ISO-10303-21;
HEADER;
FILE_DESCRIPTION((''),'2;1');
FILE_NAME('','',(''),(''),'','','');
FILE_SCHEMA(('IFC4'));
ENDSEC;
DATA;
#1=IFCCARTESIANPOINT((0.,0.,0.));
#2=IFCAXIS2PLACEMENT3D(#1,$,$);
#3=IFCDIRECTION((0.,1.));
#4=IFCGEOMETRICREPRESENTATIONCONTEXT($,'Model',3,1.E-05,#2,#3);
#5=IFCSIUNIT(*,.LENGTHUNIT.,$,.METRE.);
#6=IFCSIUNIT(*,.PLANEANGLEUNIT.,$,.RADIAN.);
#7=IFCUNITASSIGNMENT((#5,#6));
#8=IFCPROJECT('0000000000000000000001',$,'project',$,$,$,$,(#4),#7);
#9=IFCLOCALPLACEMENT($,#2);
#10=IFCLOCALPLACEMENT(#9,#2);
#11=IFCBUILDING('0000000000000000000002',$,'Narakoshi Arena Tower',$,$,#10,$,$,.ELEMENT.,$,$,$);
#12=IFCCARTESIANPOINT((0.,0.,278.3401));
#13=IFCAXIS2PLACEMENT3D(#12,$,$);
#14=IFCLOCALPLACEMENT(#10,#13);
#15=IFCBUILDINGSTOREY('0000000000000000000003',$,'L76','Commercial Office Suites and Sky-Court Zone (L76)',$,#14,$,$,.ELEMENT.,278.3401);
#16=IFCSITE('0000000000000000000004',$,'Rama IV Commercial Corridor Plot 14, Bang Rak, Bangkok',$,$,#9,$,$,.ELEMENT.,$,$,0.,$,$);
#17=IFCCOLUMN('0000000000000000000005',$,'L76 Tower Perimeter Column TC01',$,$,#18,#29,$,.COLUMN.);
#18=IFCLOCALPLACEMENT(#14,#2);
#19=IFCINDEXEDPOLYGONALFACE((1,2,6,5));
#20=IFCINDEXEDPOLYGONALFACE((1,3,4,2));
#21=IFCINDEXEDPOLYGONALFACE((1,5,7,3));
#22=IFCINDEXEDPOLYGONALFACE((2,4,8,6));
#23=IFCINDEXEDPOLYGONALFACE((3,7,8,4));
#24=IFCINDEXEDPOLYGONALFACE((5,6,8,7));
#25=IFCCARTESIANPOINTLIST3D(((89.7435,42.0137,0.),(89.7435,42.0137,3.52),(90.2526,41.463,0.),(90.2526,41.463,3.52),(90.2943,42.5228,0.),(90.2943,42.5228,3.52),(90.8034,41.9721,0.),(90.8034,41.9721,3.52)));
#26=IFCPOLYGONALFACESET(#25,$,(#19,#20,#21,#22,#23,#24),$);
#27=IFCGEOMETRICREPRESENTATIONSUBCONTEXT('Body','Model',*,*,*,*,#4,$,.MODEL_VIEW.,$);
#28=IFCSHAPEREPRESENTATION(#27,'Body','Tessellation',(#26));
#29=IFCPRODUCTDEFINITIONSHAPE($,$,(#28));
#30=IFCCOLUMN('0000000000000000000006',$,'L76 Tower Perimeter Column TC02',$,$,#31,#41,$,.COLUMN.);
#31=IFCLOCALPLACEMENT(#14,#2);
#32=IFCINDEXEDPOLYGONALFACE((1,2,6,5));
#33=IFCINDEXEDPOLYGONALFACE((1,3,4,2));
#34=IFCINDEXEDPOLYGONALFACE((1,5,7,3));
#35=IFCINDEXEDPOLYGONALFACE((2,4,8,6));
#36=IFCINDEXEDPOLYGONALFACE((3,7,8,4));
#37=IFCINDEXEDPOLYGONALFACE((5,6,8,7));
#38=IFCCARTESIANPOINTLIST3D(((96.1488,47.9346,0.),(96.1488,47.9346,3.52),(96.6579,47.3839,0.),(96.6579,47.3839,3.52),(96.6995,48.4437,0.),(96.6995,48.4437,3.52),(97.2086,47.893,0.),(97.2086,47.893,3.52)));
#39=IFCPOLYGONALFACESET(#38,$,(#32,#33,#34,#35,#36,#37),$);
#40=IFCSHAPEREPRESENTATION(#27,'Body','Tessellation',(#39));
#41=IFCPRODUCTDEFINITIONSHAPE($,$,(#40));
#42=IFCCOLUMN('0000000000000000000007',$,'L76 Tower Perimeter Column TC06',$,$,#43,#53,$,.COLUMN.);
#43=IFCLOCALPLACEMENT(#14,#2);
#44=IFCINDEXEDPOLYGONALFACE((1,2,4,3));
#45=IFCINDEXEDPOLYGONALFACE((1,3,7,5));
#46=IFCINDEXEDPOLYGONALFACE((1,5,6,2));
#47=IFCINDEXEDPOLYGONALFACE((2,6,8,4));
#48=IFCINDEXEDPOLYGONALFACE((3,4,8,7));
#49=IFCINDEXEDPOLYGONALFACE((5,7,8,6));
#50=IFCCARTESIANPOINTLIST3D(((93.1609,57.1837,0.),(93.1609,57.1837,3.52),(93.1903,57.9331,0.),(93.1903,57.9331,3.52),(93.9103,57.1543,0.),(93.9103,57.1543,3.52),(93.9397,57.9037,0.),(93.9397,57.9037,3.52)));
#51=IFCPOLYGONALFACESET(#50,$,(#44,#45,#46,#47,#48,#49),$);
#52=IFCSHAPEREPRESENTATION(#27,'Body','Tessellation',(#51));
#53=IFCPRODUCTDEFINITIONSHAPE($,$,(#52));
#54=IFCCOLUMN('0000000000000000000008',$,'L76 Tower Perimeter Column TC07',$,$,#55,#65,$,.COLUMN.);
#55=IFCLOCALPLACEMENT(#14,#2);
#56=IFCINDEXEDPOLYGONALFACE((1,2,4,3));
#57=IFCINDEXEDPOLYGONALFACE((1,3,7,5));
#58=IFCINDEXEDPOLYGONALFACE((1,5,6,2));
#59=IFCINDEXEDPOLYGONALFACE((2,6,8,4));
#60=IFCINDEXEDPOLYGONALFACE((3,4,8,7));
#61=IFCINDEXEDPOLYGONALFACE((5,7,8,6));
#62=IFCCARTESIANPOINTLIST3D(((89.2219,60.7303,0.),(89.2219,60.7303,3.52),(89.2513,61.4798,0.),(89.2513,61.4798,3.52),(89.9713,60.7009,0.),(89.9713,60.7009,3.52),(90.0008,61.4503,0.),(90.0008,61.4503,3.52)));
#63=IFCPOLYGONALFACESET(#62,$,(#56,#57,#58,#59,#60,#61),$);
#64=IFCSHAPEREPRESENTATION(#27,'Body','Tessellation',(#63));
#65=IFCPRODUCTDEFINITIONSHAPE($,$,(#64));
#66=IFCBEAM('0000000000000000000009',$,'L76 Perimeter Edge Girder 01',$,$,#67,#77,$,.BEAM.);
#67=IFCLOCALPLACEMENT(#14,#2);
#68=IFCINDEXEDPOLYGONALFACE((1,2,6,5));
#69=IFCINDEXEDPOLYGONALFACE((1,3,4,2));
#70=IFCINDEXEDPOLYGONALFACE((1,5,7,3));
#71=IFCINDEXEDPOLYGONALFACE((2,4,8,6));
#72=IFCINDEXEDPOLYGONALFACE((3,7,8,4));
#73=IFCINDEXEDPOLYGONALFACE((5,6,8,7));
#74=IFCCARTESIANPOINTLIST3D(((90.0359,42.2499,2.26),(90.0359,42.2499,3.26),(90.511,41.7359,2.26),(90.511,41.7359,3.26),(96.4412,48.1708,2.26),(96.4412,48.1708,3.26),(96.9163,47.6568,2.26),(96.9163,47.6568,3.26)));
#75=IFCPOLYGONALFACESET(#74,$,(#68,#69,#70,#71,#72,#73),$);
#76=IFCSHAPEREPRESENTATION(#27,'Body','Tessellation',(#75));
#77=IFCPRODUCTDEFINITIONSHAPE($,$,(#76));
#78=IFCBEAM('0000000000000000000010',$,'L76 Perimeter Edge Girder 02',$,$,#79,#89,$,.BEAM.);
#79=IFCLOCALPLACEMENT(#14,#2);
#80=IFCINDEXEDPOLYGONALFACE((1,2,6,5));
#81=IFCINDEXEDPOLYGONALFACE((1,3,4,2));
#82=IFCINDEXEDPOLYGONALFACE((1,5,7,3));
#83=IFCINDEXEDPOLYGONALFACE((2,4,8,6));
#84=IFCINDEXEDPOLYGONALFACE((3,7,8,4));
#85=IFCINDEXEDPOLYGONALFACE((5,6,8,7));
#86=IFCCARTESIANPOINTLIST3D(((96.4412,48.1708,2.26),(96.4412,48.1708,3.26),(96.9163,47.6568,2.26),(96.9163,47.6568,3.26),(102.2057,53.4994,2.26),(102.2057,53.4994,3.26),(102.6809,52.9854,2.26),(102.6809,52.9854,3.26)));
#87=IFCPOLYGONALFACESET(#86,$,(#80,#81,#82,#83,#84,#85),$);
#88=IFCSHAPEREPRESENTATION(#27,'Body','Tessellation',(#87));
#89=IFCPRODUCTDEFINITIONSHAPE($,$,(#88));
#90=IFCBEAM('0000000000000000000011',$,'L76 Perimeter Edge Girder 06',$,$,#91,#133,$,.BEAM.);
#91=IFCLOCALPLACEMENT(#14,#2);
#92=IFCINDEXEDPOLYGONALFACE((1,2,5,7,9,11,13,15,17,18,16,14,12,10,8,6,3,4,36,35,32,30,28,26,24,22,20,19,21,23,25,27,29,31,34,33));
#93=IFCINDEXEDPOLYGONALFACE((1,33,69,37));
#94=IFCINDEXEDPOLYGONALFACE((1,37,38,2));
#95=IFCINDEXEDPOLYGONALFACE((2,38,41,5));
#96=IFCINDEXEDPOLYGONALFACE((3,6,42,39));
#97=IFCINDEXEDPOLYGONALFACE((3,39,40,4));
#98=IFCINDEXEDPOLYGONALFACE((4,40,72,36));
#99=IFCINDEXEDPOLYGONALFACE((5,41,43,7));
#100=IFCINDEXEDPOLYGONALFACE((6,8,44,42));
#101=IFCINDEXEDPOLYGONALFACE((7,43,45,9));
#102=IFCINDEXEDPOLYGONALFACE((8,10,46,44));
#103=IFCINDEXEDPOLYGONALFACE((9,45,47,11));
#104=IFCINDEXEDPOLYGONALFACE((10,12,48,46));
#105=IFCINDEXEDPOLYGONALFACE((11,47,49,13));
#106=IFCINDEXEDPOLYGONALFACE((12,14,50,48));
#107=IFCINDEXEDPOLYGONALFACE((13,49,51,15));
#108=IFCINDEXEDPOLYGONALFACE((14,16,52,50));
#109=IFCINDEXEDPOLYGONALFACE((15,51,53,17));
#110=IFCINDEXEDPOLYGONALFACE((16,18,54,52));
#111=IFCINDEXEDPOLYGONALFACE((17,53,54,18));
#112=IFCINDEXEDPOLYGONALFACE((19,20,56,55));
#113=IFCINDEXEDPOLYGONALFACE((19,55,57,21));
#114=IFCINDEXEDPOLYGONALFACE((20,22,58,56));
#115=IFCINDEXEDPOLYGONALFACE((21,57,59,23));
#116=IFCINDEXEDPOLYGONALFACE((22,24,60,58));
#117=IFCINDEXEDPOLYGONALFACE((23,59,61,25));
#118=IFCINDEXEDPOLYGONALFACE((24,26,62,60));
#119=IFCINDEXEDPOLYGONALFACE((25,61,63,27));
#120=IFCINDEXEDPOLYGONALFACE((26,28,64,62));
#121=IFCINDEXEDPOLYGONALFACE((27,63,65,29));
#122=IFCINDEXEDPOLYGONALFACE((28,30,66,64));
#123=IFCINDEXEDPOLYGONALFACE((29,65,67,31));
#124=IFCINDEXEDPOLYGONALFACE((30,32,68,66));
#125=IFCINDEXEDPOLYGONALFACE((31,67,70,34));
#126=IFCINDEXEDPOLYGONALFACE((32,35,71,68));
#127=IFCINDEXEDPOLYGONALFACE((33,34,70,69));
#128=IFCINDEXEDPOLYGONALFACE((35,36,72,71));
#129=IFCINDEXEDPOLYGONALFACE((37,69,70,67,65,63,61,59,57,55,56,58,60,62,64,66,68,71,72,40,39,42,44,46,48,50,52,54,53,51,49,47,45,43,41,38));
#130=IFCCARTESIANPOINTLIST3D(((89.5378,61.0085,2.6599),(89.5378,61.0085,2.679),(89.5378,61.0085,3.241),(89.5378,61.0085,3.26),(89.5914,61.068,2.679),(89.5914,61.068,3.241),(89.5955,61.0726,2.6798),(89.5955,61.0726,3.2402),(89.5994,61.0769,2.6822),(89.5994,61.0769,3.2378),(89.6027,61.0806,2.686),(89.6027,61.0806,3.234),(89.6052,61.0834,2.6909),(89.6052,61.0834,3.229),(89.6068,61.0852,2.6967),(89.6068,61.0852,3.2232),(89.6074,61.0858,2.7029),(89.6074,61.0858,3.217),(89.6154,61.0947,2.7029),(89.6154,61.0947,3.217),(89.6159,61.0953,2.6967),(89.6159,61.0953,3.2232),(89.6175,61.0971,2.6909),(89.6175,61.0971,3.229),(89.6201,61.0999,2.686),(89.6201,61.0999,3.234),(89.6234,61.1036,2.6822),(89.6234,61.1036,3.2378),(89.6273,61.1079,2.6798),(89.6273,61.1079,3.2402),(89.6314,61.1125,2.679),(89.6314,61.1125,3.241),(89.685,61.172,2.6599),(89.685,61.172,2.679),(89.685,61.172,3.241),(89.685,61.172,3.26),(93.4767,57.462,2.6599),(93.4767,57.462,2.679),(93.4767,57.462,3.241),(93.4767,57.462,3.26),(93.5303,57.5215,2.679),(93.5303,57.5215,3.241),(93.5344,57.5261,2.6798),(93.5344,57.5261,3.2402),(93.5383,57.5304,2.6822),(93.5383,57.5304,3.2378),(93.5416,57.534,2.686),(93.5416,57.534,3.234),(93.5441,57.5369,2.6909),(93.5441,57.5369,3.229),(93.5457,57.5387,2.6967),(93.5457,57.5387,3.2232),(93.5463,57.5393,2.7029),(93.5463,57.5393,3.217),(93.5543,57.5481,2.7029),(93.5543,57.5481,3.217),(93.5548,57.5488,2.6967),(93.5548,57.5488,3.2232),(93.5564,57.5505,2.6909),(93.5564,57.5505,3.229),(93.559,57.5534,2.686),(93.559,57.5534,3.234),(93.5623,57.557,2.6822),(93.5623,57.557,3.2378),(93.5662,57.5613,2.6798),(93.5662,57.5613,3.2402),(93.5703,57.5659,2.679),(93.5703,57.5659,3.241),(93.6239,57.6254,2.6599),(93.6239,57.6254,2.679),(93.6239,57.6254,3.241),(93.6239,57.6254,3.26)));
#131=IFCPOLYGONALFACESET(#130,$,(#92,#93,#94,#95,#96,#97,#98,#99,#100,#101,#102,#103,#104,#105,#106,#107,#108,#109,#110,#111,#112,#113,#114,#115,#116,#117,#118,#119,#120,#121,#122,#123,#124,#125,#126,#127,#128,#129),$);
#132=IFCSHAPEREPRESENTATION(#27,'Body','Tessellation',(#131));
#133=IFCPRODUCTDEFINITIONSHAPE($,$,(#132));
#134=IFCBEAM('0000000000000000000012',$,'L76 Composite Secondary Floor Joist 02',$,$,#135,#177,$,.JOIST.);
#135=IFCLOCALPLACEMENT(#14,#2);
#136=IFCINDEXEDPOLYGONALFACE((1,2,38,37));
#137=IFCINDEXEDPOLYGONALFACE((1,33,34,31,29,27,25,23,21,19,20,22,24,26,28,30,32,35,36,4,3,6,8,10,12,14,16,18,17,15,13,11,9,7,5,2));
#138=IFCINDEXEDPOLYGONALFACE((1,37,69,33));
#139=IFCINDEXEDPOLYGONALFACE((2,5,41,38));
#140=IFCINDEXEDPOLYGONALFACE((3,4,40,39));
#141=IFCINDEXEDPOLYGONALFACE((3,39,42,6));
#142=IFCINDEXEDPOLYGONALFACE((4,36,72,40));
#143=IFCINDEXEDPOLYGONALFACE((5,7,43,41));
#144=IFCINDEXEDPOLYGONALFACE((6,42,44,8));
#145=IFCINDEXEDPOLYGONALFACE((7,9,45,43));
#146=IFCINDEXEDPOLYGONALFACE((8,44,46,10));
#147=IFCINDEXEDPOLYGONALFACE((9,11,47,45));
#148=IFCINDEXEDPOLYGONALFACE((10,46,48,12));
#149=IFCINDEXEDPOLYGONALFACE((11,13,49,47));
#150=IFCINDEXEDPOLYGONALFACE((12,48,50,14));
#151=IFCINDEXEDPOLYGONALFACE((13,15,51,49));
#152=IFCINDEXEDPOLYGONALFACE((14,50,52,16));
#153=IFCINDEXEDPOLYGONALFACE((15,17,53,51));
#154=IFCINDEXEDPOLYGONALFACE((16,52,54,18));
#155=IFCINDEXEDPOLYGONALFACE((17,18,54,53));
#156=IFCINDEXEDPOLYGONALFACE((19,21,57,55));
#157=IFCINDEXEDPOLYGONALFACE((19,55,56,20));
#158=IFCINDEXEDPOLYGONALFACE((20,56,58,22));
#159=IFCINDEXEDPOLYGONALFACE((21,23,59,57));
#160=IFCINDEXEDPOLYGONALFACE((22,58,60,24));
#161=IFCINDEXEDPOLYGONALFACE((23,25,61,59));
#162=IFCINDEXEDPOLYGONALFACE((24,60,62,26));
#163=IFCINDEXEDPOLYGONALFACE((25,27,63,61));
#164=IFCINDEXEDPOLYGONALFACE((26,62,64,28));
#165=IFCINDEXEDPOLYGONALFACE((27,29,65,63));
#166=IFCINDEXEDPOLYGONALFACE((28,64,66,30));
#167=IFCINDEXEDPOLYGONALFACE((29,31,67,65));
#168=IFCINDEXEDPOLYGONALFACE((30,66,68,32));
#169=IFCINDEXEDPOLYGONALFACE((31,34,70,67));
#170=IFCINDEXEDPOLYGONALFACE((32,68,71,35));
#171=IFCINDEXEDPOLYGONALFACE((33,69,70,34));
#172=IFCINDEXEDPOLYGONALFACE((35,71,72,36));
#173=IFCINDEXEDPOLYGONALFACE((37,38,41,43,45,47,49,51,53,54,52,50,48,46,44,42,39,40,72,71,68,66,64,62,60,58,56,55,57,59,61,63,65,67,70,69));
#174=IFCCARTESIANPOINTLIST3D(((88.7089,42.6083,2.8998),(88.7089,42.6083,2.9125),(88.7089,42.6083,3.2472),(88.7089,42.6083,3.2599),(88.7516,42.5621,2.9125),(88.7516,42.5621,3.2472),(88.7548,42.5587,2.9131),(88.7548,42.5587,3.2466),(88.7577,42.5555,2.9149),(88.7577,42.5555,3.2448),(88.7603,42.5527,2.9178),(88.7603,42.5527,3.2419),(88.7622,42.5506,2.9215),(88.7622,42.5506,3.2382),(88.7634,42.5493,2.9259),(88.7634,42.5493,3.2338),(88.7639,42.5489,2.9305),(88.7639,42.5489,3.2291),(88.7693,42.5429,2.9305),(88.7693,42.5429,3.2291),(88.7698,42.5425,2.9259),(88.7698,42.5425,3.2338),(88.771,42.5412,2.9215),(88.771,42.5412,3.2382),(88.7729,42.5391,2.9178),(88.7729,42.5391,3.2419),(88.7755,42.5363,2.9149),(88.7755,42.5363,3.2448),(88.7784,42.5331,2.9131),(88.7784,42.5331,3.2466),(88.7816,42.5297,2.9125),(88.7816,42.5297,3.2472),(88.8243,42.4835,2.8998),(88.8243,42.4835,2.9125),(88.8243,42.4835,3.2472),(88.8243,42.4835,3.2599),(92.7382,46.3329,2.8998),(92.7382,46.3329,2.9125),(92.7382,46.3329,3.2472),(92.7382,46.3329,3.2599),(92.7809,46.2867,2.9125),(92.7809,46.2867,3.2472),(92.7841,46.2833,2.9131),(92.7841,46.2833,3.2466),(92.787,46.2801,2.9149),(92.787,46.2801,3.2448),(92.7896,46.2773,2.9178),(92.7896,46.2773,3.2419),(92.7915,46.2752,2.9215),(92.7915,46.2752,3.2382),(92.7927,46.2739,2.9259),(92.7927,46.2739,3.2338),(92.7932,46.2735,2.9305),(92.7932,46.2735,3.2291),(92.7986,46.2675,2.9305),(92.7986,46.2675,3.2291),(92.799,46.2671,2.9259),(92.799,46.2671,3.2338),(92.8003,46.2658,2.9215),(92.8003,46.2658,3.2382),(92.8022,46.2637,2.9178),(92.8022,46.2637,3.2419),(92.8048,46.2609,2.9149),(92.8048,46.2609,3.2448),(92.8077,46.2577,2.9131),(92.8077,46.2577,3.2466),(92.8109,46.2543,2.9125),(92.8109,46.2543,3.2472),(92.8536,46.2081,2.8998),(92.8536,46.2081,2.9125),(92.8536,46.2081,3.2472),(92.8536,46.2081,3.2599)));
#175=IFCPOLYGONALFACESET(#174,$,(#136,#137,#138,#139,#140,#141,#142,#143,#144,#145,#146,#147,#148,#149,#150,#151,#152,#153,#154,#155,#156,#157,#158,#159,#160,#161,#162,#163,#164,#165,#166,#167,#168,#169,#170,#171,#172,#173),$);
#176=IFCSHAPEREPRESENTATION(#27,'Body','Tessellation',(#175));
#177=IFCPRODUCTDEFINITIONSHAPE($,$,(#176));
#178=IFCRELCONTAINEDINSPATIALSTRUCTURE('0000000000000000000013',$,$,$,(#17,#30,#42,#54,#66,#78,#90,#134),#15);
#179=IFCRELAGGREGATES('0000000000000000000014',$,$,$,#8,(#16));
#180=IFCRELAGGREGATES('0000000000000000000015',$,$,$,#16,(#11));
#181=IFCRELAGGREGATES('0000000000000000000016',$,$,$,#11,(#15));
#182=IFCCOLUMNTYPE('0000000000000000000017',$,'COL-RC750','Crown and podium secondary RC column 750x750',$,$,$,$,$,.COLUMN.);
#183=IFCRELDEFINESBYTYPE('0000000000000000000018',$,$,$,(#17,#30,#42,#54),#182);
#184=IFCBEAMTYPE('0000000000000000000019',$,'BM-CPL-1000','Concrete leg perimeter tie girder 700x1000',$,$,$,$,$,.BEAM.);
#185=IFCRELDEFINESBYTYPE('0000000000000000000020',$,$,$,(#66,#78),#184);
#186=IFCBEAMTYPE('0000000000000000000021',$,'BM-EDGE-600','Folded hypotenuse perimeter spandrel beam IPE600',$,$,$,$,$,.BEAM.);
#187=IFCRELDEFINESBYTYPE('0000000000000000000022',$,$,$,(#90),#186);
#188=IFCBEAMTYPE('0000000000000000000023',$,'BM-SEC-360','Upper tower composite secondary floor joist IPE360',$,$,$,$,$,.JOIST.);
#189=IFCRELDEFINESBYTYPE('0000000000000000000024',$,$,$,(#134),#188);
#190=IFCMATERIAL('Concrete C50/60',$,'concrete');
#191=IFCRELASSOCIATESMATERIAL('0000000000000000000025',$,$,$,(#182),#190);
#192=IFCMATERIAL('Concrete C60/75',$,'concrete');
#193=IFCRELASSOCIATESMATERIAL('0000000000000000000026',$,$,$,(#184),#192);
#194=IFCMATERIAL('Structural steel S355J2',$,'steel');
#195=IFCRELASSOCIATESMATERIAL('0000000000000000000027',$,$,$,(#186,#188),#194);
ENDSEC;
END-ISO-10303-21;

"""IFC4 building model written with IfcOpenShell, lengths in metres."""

from ifc_helpers import new_model, si_unit, direction, frame, origin, origin_2d, place, context, subcontext, project, spatial, rectangle, i_section, extrude, material, material_profile, profile_set, type_object, element, save


model = new_model("IFC4")

# Units and contexts
model_context = context("Model", 3, precision=1e-05, world=origin(), true_north=direction((0.0, 1.0)))
body_context = subcontext(model_context, "Body", "Model", "MODEL_VIEW")
ifc_project = project(units=[si_unit("LENGTHUNIT", "METRE"), si_unit("PLANEANGLEUNIT", "RADIAN")], contexts=[model_context])

# Site, building, storey
site_placement = place(None, origin())
site = spatial("IfcSite", under=ifc_project, at=site_placement, Name="Rama IV Commercial Corridor Plot 14, Bang Rak, Bangkok", CompositionType="ELEMENT", RefElevation=0.0)
building_placement = place(site_placement, origin())
building = spatial("IfcBuilding", under=site, at=building_placement, Name="Narakoshi Arena Tower", CompositionType="ELEMENT")
storey_placement = place(building_placement, frame((0.0, 0.0, 278.3401)))
storey = spatial("IfcBuildingStorey", under=building, at=storey_placement, Name="L76", Description="Commercial Office Suites and Sky-Court Zone (L76)", CompositionType="ELEMENT", Elevation=278.3401)

# Columns
ifc_material_1 = material(Name="Concrete C50/60", Category="concrete")
ifc_material_profile_1 = material_profile(ifc_material_1, rectangle(XDim=0.75, YDim=0.75, at=origin_2d()), Name="RC750x750")
ifc_profile_set_1 = profile_set([ifc_material_profile_1], Name="Concrete C50/60")
column_type = type_object("IfcColumnType", Name="COL-RC750", Description="Crown and podium secondary RC column 750x750", PredefinedType="COLUMN", material=ifc_profile_set_1)
for number, where, z_axis, x_axis, name in (
    (1, (90.2734, 41.9929, 0.0), (0.0, 0.0, 1.0), (0.734323, 0.678801, 0.0), "L76 Tower Perimeter Column TC01"),
    (2, (96.6787, 47.9138, 0.0), (0.0, 0.0, 1.0), (0.734323, 0.678801, 0.0), "L76 Tower Perimeter Column TC02"),
    (3, (93.5503, 57.5437, 0.0), (0.0, 0.0, 1.0), (0.03926, 0.999229, 0.0), "L76 Tower Perimeter Column TC06"),
    (4, (89.6113, 61.0903, 0.0), (0.0, 0.0, 1.0), (0.03926, 0.999229, 0.0), "L76 Tower Perimeter Column TC07"),
):
    element("IfcColumn", number, at=place(storey_placement, frame(where, z_axis=z_axis, x_axis=x_axis)), inside=storey, type_object=column_type, Name=name, PredefinedType="COLUMN", context=body_context, shape_type="SweptSolid", body=[
        extrude(rectangle(XDim=0.75, YDim=0.75, at=origin_2d()), origin(), (0.0, 0.0, 1.0), 3.52),
    ])

# Beams
ifc_material_2 = material(Name="Concrete C60/75", Category="concrete")
ifc_material_profile_2 = material_profile(ifc_material_2, rectangle(XDim=0.7, YDim=1.0, at=origin_2d()), Name="RCB700x1000")
ifc_profile_set_2 = profile_set([ifc_material_profile_2], Name="Concrete C60/75")
beam_type_1 = type_object("IfcBeamType", Name="BM-CPL-1000", Description="Concrete leg perimeter tie girder 700x1000", PredefinedType="BEAM", material=ifc_profile_set_2)
beam_1_placement = place(storey_placement, frame((90.2734, 41.9929, 2.76), z_axis=(0.734327, 0.678796, 0.0), x_axis=(-0.678796, 0.734327, 0.0)))
element("IfcBeam", 5, at=beam_1_placement, inside=storey, type_object=beam_type_1, Name="L76 Perimeter Edge Girder 01", PredefinedType="BEAM", context=body_context, shape_type="SweptSolid", body=[
    extrude(rectangle(XDim=0.7, YDim=1.0, at=origin_2d()), origin(), (0.0, 0.0, 1.0), 8.7227),
])
beam_2_placement = place(storey_placement, frame((96.6787, 47.9138, 2.76), z_axis=(0.734333, 0.678789, 0.0), x_axis=(-0.678789, 0.734333, 0.0)))
element("IfcBeam", 6, at=beam_2_placement, inside=storey, type_object=beam_type_1, Name="L76 Perimeter Edge Girder 02", PredefinedType="BEAM", context=body_context, shape_type="SweptSolid", body=[
    extrude(rectangle(XDim=0.7, YDim=1.0, at=origin_2d()), origin(), (0.0, 0.0, 1.0), 7.8501),
])
ifc_material_3 = material(Name="Structural steel S355J2", Category="steel")
ifc_material_profile_3 = material_profile(ifc_material_3, i_section(OverallWidth=0.22, OverallDepth=0.6001, WebThickness=0.012, FlangeThickness=0.019, FilletRadius=0.0239, at=origin_2d()), Name="IPE600")
ifc_profile_set_3 = profile_set([ifc_material_profile_3], Name="Structural steel S355J2")
beam_type_2 = type_object("IfcBeamType", Name="BM-EDGE-600", Description="Folded hypotenuse perimeter spandrel beam IPE600", PredefinedType="BEAM", material=ifc_profile_set_3)
beam_3_placement = place(storey_placement, frame((93.5503, 57.5437, 2.96), z_axis=(-0.743148, 0.669128, 0.0), x_axis=(-0.669128, -0.743148, 0.0)))
element("IfcBeam", 7, at=beam_3_placement, inside=storey, type_object=beam_type_2, Name="L76 Perimeter Edge Girder 06", PredefinedType="BEAM", context=body_context, shape_type="SweptSolid", body=[
    extrude(i_section(OverallWidth=0.22, OverallDepth=0.6001, WebThickness=0.012, FlangeThickness=0.019, FilletRadius=0.0239, at=origin_2d()), origin(), (0.0, 0.0, 1.0), 5.3003),
])
ifc_material_profile_4 = material_profile(ifc_material_3, i_section(OverallWidth=0.1699, OverallDepth=0.3601, WebThickness=0.0081, FlangeThickness=0.0127, FilletRadius=0.0181, at=origin_2d()), Name="IPE360")
ifc_profile_set_4 = profile_set([ifc_material_profile_4], Name="Structural steel S355J2")
beam_type_3 = type_object("IfcBeamType", Name="BM-SEC-360", Description="Upper tower composite secondary floor joist IPE360", PredefinedType="JOIST", material=ifc_profile_set_4)
beam_4_placement = place(storey_placement, frame((88.7666, 42.5459, 3.0798), z_axis=(0.734326, 0.678797, 0.0), x_axis=(-0.678797, 0.734326, 0.0)))
element("IfcBeam", 8, at=beam_4_placement, inside=storey, type_object=beam_type_3, Name="L76 Composite Secondary Floor Joist 02", PredefinedType="JOIST", context=body_context, shape_type="SweptSolid", body=[
    extrude(i_section(OverallWidth=0.1699, OverallDepth=0.3601, WebThickness=0.0081, FlangeThickness=0.0127, FilletRadius=0.0181, at=origin_2d()), origin(), (0.0, 0.0, 1.0), 5.4871),
])

save(model, "model.ifc")
